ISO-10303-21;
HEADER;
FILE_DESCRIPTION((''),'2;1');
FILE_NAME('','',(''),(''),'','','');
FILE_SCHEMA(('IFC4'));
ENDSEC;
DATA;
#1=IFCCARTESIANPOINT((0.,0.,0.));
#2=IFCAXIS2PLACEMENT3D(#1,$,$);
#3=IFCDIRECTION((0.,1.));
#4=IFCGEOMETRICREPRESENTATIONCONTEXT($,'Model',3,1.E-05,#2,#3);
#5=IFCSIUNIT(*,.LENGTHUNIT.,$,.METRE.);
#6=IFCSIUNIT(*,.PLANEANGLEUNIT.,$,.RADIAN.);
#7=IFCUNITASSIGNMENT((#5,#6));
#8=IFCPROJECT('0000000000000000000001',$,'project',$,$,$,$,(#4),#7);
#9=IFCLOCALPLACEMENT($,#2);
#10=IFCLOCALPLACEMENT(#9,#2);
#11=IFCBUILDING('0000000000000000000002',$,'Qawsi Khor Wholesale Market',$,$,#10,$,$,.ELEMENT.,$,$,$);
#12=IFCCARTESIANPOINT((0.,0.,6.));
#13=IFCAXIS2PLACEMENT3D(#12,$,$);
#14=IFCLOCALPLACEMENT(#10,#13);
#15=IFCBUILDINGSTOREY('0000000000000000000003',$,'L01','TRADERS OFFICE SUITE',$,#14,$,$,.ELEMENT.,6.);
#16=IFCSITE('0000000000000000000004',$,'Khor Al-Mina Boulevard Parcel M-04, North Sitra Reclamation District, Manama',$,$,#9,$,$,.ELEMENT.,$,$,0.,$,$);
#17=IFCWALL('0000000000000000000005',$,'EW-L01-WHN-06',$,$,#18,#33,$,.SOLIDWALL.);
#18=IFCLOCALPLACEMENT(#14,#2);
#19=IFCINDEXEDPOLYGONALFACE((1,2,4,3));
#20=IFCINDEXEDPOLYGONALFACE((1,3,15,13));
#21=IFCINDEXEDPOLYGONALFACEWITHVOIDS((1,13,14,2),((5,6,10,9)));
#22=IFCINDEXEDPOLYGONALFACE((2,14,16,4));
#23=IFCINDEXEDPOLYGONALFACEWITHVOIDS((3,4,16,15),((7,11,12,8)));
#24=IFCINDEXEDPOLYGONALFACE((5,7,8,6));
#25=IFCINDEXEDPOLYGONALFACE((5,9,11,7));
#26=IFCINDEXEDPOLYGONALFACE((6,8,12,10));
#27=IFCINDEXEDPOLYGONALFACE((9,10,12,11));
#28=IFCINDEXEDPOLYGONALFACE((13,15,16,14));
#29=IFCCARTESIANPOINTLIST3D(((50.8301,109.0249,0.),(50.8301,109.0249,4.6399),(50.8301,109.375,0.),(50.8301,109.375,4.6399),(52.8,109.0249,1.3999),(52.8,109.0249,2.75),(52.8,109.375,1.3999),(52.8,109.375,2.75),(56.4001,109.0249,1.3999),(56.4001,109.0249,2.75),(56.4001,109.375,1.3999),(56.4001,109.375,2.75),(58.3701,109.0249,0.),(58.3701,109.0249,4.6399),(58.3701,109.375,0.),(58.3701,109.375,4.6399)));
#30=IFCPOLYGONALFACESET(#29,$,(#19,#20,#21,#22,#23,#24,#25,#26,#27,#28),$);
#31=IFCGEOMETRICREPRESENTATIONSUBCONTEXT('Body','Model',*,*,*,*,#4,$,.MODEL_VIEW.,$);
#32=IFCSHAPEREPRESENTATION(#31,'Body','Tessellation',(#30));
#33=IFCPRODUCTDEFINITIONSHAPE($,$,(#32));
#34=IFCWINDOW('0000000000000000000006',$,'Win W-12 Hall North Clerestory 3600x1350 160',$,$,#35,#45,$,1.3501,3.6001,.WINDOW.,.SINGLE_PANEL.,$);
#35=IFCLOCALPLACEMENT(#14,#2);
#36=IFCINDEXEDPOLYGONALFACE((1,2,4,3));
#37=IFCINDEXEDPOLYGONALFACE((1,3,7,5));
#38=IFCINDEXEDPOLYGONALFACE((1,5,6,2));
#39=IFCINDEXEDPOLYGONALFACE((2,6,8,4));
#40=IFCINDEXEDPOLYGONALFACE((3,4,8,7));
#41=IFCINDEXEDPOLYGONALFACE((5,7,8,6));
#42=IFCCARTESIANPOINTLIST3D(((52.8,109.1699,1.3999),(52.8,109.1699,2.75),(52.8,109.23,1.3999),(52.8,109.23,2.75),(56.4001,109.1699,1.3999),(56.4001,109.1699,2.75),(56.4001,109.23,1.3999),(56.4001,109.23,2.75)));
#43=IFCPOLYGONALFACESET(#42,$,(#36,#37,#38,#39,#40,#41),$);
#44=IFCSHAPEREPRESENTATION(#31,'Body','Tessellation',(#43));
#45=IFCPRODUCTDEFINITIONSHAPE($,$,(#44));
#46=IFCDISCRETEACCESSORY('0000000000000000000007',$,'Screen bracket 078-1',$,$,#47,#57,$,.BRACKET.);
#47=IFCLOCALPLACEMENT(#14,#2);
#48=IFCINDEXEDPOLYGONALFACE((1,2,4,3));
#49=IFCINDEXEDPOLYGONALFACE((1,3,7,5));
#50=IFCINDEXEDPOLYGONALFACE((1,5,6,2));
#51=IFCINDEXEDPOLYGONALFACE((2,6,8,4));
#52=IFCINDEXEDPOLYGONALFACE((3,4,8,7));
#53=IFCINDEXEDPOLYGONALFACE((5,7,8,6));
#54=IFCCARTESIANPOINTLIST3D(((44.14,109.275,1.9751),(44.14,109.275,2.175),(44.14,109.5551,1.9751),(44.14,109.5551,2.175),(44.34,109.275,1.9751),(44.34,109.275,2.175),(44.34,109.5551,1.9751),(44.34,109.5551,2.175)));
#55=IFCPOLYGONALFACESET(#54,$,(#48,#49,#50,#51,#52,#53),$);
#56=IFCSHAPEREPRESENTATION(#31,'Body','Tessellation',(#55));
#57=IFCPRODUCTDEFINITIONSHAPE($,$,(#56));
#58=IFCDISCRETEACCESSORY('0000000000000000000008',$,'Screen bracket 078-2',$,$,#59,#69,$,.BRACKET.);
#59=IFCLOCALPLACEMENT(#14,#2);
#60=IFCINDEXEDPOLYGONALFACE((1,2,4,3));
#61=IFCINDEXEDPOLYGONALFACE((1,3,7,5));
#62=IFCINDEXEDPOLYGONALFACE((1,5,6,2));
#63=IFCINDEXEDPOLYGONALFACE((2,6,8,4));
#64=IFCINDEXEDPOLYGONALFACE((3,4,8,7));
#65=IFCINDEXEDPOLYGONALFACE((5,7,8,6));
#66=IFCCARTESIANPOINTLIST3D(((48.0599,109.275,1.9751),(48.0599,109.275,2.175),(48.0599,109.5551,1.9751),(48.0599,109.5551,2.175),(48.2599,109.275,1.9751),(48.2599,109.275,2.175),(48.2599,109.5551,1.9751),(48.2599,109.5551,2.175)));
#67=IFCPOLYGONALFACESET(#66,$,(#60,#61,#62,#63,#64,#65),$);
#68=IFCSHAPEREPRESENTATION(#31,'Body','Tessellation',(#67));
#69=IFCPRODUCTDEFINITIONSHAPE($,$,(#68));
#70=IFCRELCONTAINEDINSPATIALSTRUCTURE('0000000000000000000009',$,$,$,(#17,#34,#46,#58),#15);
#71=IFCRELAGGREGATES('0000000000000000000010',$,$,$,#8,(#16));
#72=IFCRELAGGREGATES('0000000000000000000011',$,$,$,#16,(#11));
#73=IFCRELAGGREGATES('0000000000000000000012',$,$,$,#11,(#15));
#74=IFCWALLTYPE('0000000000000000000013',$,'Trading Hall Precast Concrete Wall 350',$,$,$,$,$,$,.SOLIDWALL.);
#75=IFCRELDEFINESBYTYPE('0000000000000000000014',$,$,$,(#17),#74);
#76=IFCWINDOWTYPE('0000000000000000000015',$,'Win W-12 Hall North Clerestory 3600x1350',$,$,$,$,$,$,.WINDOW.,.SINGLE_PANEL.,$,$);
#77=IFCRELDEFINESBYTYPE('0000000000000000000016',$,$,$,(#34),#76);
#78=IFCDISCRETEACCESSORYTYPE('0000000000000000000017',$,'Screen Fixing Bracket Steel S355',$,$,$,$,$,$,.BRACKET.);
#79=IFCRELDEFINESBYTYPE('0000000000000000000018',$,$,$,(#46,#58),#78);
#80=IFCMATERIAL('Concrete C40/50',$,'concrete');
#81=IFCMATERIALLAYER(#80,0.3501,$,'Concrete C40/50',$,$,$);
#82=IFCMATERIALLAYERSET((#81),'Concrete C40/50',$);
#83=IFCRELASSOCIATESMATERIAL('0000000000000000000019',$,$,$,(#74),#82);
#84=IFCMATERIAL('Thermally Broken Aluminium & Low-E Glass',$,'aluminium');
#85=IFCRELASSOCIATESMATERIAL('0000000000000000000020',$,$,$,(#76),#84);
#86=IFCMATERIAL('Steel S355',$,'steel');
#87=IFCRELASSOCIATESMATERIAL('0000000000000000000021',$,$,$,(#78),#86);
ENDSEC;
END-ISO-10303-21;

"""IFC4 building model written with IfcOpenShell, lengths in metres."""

from ifc_helpers import new_model, si_unit, direction, frame, frame_2d, origin, origin_2d, place, context, subcontext, project, spatial, rectangle, extrude, material, layer, layer_set, type_object, element, fill, save


model = new_model("IFC4")

# Units and contexts
model_context = context("Model", 3, precision=1e-05, world=origin(), true_north=direction((0.0, 1.0)))
body_context = subcontext(model_context, "Body", "Model", "MODEL_VIEW")
ifc_project = project(units=[si_unit("LENGTHUNIT", "METRE"), si_unit("PLANEANGLEUNIT", "RADIAN")], contexts=[model_context])

# Site, building, storey
site_placement = place(None, origin())
site = spatial("IfcSite", under=ifc_project, at=site_placement, Name="Khor Al-Mina Boulevard Parcel M-04, North Sitra Reclamation District, Manama", CompositionType="ELEMENT", RefElevation=0.0)
building_placement = place(site_placement, origin())
building = spatial("IfcBuilding", under=site, at=building_placement, Name="Qawsi Khor Wholesale Market", CompositionType="ELEMENT")
storey_placement = place(building_placement, frame((0.0, 0.0, 6.0)))
storey = spatial("IfcBuildingStorey", under=building, at=storey_placement, Name="L01", Description="TRADERS OFFICE SUITE", CompositionType="ELEMENT", Elevation=6.0)

# Shared definitions
ifc_material_1 = material(Name="Concrete C40/50", Category="concrete")

# Shared definitions
ifc_material_2 = material(Name="Steel S355", Category="steel")

# Wall, opening, window
ifc_layer_1 = layer(ifc_material_1, 0.3501, Name="Concrete C40/50")
ifc_layer_set_1 = layer_set([ifc_layer_1], Name="Concrete C40/50")
wall_type = type_object("IfcWallType", Name="Trading Hall Precast Concrete Wall 350", PredefinedType="SOLIDWALL", material=ifc_layer_set_1)
ifc_material_3 = material(Name="Thermally Broken Aluminium & Low-E Glass", Category="aluminium")
window_type = type_object("IfcWindowType", Name="Win W-12 Hall North Clerestory 3600x1350", PartitioningType="SINGLE_PANEL", PredefinedType="WINDOW", material=ifc_material_3)
wall_1_placement = place(storey_placement, frame((50.8301, 109.2, 0.0), z_axis=(0.0, 0.0, 1.0), x_axis=(1.0, 0.0, 0.0)))
wall_1 = element("IfcWall", 1, at=wall_1_placement, inside=storey, type_object=wall_type, Name="EW-L01-WHN-06", PredefinedType="SOLIDWALL", context=body_context, shape_type="SweptSolid", body=[
    extrude(rectangle(XDim=7.54, YDim=0.3501, at=frame_2d((3.77, 0.0))), origin(), (0.0, 0.0, 1.0), 4.6399),
])
opening_1_placement = place(wall_1_placement, frame((1.97, 0.0, 1.3999)))
opening_1 = element("IfcOpeningElement", 2, at=opening_1_placement, cuts=wall_1, PredefinedType="OPENING", context=body_context, shape_type="SweptSolid", body=[
    extrude(rectangle(XDim=3.6001, YDim=1.3501, at=frame_2d((1.8, 0.675))), frame((0.0, 0.1851, 0.0), z_axis=(0.0, -1.0, 0.0), x_axis=(1.0, 0.0, 0.0)), (0.0, 0.0, 1.0), 0.3701),
])
window_1_placement = place(opening_1_placement, origin())
window_1 = element("IfcWindow", 3, at=window_1_placement, inside=storey, type_object=window_type, Name="Win W-12 Hall North Clerestory 3600x1350 160", OverallHeight=1.3501, OverallWidth=3.6001, PartitioningType="SINGLE_PANEL", PredefinedType="WINDOW", context=body_context, shape_type="SweptSolid", body=[
    extrude(rectangle(XDim=3.6001, YDim=1.3501, at=frame_2d((1.8, 0.675))), frame((0.0, 0.03, 0.0), z_axis=(0.0, -1.0, 0.0), x_axis=(1.0, 0.0, 0.0)), (0.0, 0.0, 1.0), 0.0601),
])
fill(opening_1, window_1)

# Discrete accessories
discrete_accessory_type = type_object("IfcDiscreteAccessoryType", Name="Screen Fixing Bracket Steel S355", PredefinedType="BRACKET", material=ifc_material_2)
for number, where, z_axis, x_axis, name in (
    (4, (44.24, 109.415, 1.9751), (0.0, 0.0, 1.0), (1.0, 0.0, 0.0), "Screen bracket 078-1"),
    (5, (48.1599, 109.415, 1.9751), (0.0, 0.0, 1.0), (1.0, 0.0, 0.0), "Screen bracket 078-2"),
):
    element("IfcDiscreteAccessory", number, at=place(storey_placement, frame(where, z_axis=z_axis, x_axis=x_axis)), inside=storey, type_object=discrete_accessory_type, Name=name, PredefinedType="BRACKET", context=body_context, shape_type="SweptSolid", body=[
        extrude(rectangle(XDim=0.2, YDim=0.28, at=origin_2d()), origin(), (0.0, 0.0, 1.0), 0.2),
    ])

save(model, "model.ifc")
